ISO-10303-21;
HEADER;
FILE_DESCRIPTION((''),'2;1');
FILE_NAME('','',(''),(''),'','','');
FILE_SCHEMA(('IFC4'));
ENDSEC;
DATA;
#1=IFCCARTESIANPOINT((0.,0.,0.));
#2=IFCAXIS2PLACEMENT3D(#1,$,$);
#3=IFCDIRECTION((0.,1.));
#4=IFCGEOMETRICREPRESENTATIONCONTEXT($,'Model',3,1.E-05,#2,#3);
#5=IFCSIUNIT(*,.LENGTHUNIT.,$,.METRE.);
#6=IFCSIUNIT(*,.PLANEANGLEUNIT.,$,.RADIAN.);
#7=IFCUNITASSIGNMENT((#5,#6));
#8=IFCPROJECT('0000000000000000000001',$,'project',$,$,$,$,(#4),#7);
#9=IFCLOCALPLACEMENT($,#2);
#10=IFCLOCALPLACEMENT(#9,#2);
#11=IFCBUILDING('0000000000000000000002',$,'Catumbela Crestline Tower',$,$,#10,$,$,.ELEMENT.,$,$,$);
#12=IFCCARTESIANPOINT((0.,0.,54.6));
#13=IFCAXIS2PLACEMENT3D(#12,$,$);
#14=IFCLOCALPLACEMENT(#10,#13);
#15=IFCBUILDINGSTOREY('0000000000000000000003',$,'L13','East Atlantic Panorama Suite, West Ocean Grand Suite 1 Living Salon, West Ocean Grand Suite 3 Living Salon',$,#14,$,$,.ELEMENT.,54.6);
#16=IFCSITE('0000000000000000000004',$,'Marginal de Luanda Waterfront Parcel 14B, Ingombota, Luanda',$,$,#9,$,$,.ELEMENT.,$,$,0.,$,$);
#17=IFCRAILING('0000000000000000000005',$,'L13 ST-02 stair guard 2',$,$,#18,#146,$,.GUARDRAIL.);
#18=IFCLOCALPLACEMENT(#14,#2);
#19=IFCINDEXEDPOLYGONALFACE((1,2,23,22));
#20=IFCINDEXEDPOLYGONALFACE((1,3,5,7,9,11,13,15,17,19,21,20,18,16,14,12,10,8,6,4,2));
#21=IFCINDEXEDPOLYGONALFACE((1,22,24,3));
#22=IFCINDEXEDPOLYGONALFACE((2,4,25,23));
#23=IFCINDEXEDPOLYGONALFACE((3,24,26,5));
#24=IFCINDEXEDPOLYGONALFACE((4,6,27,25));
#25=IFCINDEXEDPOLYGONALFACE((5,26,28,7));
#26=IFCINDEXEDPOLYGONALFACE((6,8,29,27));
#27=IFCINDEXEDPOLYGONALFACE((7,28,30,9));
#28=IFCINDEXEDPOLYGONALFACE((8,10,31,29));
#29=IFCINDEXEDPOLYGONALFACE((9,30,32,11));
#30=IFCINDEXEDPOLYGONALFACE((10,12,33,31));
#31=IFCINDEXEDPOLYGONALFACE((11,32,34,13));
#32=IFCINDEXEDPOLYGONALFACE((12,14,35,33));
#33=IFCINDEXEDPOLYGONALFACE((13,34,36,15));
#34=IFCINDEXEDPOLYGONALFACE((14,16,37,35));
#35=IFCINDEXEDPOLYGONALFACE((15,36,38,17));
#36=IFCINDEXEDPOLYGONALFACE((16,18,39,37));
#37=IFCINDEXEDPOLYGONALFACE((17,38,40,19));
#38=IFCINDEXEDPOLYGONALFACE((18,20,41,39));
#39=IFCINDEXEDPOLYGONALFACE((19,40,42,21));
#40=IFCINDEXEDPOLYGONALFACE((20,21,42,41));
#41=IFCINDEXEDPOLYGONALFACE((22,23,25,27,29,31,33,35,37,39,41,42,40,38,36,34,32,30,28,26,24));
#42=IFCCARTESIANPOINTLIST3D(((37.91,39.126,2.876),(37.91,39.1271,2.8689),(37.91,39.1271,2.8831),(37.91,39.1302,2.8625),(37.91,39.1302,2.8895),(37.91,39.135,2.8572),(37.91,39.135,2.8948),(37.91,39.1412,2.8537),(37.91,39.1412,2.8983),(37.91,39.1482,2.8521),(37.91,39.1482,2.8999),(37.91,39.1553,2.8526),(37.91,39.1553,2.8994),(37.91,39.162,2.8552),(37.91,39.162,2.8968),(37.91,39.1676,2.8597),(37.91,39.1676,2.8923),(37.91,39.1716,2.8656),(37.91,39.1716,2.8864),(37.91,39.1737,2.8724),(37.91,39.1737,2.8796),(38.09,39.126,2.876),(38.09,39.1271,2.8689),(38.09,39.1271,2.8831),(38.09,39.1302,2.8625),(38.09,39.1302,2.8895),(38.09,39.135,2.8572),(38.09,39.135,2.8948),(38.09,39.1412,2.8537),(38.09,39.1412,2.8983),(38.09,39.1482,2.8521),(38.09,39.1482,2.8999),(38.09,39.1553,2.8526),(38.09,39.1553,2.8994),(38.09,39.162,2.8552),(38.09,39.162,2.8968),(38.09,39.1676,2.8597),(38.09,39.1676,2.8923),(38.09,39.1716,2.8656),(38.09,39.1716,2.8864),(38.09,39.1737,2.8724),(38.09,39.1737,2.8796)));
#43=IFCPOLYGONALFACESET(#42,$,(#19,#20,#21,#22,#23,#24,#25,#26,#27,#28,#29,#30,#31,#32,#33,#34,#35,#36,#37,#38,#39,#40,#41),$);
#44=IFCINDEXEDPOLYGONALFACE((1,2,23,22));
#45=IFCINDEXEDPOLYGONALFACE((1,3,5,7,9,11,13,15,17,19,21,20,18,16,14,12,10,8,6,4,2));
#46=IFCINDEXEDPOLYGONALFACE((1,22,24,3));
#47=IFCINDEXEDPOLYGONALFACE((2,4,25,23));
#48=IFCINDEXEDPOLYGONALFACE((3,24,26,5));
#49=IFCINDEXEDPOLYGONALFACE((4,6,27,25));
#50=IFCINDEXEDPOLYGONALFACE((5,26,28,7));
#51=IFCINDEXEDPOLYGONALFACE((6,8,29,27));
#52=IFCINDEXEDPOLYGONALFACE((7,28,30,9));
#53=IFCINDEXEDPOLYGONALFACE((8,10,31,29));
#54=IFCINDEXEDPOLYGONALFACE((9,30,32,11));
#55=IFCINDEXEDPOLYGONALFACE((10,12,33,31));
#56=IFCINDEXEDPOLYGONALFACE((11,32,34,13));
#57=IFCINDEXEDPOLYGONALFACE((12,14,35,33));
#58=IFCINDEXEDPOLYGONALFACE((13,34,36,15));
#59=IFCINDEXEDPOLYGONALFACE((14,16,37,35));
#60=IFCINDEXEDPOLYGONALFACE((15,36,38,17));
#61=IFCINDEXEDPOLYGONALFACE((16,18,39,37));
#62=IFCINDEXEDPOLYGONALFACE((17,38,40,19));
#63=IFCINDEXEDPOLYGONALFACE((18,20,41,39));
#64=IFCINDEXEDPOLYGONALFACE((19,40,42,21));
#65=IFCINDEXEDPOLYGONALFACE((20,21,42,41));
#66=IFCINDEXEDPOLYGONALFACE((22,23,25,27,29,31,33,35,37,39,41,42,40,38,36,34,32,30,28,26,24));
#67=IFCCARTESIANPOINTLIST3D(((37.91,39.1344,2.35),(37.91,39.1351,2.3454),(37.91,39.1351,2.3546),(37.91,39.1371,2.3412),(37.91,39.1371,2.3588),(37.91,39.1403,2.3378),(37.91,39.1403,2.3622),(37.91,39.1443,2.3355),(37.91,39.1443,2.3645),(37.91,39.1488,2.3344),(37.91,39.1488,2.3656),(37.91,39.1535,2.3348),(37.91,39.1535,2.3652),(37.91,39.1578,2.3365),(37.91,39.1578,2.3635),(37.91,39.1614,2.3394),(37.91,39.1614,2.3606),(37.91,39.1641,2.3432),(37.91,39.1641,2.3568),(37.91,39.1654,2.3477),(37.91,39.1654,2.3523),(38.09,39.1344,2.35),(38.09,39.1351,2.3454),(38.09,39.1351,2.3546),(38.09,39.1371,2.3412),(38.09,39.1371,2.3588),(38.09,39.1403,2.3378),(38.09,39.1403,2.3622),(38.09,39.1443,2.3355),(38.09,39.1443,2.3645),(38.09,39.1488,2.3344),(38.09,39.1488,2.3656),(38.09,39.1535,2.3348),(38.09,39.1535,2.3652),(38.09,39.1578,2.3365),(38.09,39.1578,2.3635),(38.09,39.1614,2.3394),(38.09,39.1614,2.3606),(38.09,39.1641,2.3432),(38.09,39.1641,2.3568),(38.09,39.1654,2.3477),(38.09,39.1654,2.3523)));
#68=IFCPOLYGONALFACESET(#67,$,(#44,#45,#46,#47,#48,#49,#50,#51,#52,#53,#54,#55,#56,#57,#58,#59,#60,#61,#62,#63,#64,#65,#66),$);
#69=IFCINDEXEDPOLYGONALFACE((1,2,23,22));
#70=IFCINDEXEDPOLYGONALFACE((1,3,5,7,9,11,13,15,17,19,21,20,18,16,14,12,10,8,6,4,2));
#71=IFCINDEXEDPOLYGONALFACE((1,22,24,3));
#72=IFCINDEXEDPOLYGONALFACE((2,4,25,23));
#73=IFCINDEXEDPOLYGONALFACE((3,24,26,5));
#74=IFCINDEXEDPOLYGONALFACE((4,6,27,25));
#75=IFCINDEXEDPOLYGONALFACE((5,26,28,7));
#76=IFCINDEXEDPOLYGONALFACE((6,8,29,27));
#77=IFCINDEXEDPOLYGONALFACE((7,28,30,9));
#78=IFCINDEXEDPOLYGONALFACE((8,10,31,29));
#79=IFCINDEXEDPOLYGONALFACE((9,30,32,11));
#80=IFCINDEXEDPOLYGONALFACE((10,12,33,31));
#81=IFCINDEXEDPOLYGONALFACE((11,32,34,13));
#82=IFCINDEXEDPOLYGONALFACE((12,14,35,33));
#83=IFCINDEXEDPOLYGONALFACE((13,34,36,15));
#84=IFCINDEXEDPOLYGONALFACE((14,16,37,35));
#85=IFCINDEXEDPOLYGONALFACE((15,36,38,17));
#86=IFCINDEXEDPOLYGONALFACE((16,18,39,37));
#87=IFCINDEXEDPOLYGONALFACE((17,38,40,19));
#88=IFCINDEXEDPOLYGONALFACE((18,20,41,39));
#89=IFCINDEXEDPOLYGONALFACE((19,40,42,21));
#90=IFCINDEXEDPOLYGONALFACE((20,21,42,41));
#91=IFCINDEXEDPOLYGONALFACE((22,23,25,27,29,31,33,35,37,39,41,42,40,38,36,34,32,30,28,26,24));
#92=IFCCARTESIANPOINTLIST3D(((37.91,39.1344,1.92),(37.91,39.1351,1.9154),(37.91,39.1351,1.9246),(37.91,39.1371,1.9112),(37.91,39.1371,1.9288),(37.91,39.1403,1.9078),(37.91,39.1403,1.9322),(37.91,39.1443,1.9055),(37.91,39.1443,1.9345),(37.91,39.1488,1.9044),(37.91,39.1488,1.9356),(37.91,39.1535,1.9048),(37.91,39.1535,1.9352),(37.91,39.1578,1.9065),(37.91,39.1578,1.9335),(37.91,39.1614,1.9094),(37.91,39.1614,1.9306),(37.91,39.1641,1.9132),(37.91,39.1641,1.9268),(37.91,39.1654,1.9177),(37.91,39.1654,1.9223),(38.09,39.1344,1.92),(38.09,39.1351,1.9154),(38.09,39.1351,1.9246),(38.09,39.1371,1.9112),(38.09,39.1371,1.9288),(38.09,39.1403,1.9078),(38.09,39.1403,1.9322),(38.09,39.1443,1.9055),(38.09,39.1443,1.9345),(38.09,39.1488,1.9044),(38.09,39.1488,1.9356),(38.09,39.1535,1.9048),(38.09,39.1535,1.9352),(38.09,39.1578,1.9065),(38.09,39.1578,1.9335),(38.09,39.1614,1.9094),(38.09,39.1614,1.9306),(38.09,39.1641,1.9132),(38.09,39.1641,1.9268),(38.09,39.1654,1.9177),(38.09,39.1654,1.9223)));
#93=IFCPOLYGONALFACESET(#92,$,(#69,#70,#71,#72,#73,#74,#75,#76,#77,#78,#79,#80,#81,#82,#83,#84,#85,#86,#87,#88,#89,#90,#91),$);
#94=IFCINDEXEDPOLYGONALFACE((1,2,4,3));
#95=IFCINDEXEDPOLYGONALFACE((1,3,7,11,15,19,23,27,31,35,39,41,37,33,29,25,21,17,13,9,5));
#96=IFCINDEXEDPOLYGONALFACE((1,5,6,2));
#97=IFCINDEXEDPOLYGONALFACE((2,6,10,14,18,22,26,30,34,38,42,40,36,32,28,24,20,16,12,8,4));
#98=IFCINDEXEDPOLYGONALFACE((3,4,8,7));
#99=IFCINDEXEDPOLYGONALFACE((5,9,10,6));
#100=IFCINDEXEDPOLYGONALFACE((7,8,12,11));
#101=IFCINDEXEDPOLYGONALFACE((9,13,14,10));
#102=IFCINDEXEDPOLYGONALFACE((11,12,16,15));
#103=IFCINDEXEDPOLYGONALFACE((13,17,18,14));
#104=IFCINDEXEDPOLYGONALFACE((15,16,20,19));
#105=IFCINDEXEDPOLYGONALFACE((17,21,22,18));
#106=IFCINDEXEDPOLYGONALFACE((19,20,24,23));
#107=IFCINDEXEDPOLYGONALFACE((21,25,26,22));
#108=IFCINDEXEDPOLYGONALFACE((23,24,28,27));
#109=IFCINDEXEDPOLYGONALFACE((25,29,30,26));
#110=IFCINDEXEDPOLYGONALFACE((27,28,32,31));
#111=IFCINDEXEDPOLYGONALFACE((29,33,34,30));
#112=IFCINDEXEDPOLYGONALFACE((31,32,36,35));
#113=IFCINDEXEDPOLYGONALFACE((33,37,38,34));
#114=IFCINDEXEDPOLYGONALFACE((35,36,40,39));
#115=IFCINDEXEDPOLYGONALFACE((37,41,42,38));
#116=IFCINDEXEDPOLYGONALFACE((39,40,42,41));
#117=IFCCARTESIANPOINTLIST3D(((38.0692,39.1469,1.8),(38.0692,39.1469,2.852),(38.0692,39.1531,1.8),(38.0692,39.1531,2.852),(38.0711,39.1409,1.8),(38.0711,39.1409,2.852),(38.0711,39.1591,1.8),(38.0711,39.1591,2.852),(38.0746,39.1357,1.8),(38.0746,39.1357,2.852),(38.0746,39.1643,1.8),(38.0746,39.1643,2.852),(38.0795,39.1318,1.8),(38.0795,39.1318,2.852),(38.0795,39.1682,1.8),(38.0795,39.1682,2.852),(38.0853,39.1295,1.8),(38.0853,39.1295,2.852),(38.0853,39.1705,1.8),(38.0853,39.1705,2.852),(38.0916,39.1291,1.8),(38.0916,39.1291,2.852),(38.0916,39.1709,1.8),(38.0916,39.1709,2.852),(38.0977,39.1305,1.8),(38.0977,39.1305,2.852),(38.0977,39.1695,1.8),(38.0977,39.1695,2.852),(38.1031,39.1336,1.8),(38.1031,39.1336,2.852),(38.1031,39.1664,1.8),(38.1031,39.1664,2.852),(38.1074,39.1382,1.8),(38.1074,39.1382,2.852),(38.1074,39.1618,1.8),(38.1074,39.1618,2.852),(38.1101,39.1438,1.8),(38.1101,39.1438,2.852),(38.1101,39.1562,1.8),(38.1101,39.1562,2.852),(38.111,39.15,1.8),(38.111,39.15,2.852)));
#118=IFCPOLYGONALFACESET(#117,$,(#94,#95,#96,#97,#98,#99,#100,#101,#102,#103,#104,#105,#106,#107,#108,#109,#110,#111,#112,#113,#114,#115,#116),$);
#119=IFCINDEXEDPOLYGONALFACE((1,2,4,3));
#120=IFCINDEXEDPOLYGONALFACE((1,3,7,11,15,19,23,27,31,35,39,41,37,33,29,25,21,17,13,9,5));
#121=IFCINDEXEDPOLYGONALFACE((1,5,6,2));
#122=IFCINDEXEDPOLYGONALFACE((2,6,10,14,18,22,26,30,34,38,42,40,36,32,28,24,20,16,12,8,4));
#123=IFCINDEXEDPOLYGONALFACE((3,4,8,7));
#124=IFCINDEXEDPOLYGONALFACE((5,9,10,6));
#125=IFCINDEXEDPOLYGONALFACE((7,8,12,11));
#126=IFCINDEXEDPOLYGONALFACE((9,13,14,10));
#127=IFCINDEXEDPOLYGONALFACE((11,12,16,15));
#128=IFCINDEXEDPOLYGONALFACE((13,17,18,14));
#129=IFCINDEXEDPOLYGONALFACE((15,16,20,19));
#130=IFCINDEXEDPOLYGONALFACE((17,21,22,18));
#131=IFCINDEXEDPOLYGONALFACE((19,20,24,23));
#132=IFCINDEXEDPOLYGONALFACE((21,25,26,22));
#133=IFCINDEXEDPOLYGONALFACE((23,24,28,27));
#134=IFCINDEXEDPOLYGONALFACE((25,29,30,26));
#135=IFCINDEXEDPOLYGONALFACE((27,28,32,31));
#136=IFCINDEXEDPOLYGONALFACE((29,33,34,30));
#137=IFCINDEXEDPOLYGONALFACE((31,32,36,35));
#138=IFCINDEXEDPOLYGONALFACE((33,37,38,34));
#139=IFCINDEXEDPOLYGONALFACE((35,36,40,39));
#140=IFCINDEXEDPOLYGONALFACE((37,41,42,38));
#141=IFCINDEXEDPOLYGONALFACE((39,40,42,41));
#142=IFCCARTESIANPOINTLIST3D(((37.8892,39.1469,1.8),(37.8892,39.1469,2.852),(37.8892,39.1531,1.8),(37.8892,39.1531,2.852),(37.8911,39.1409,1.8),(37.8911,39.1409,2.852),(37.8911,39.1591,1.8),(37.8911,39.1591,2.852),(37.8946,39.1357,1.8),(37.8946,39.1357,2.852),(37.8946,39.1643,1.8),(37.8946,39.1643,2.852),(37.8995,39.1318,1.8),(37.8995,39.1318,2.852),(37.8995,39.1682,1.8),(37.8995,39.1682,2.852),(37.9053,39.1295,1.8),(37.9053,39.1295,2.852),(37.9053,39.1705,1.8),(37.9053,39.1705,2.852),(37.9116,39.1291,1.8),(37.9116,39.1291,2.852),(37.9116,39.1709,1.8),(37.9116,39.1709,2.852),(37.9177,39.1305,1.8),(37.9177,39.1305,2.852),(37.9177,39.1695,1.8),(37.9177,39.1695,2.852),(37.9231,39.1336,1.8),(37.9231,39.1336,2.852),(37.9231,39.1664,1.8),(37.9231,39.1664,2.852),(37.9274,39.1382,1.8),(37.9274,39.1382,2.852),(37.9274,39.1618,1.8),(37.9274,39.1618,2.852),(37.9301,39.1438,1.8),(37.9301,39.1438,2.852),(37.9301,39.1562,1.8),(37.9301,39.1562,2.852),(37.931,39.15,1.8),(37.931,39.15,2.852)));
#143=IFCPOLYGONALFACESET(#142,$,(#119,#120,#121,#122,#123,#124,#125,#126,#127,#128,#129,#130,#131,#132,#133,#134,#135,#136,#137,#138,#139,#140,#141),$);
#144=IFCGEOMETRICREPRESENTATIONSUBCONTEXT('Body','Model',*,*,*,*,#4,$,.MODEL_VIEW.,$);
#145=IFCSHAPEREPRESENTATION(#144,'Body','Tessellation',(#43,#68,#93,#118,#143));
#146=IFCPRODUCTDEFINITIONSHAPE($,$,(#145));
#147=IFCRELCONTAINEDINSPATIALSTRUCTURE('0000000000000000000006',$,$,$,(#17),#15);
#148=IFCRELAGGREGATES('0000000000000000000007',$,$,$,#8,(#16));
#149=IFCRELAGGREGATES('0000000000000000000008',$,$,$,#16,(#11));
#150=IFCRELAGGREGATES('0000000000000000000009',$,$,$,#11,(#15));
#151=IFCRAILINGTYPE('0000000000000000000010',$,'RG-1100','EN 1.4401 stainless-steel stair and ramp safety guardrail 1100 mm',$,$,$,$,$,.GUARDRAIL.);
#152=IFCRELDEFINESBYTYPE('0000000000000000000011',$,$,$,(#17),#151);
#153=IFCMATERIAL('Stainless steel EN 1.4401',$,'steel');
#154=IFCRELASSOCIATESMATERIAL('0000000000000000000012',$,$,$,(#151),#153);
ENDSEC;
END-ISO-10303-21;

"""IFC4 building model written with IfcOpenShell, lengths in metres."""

from ifc_helpers import new_model, si_unit, direction, frame, origin, origin_2d, place, context, subcontext, project, spatial, circle, extrude, material, type_object, element, save


model = new_model("IFC4")

# Units and contexts
model_context = context("Model", 3, precision=1e-05, world=origin(), true_north=direction((0.0, 1.0)))
body_context = subcontext(model_context, "Body", "Model", "MODEL_VIEW")
ifc_project = project(units=[si_unit("LENGTHUNIT", "METRE"), si_unit("PLANEANGLEUNIT", "RADIAN")], contexts=[model_context])

# Site, building, storey
site_placement = place(None, origin())
site = spatial("IfcSite", under=ifc_project, at=site_placement, Name="Marginal de Luanda Waterfront Parcel 14B, Ingombota, Luanda", CompositionType="ELEMENT", RefElevation=0.0)
building_placement = place(site_placement, origin())
building = spatial("IfcBuilding", under=site, at=building_placement, Name="Catumbela Crestline Tower", CompositionType="ELEMENT")
storey_placement = place(building_placement, frame((0.0, 0.0, 54.6)))
storey = spatial("IfcBuildingStorey", under=building, at=storey_placement, Name="L13", Description="East Atlantic Panorama Suite, West Ocean Grand Suite 1 Living Salon, West Ocean Grand Suite 3 Living Salon", CompositionType="ELEMENT", Elevation=54.6)

# Shared definitions
ifc_material_1 = material(Name="Stainless steel EN 1.4401", Category="steel")

# Railing
railing_type_1 = type_object("IfcRailingType", Name="RG-1100", Description="EN 1.4401 stainless-steel stair and ramp safety guardrail 1100 mm", PredefinedType="GUARDRAIL", material=ifc_material_1)
railing_1_placement = place(storey_placement, frame((38.09, 39.15, 1.8)))
element("IfcRailing", 1, at=railing_1_placement, inside=storey, type_object=railing_type_1, Name="L13 ST-02 stair guard 2", PredefinedType="GUARDRAIL", context=body_context, shape_type="SweptSolid", body=[
    extrude(circle(Radius=0.024, at=origin_2d()), frame((0.0, 0.0, 1.076), z_axis=(-1.0, 0.0, 0.0), x_axis=(0.0, -1.0, 0.0)), (0.0, 0.0, 1.0), 0.18),
    extrude(circle(Radius=0.0156, at=origin_2d()), frame((0.0, 0.0, 0.55), z_axis=(-1.0, 0.0, 0.0), x_axis=(0.0, -1.0, 0.0)), (0.0, 0.0, 1.0), 0.18),
    extrude(circle(Radius=0.0156, at=origin_2d()), frame((0.0, 0.0, 0.12), z_axis=(-1.0, 0.0, 0.0), x_axis=(0.0, -1.0, 0.0)), (0.0, 0.0, 1.0), 0.18),
    extrude(circle(Radius=0.021, at=origin_2d()), origin(), (0.0, 0.0, 1.0), 1.052),
    extrude(circle(Radius=0.021, at=origin_2d()), frame((-0.18, 0.0, 0.0)), (0.0, 0.0, 1.0), 1.052),
])

save(model, "model.ifc")
